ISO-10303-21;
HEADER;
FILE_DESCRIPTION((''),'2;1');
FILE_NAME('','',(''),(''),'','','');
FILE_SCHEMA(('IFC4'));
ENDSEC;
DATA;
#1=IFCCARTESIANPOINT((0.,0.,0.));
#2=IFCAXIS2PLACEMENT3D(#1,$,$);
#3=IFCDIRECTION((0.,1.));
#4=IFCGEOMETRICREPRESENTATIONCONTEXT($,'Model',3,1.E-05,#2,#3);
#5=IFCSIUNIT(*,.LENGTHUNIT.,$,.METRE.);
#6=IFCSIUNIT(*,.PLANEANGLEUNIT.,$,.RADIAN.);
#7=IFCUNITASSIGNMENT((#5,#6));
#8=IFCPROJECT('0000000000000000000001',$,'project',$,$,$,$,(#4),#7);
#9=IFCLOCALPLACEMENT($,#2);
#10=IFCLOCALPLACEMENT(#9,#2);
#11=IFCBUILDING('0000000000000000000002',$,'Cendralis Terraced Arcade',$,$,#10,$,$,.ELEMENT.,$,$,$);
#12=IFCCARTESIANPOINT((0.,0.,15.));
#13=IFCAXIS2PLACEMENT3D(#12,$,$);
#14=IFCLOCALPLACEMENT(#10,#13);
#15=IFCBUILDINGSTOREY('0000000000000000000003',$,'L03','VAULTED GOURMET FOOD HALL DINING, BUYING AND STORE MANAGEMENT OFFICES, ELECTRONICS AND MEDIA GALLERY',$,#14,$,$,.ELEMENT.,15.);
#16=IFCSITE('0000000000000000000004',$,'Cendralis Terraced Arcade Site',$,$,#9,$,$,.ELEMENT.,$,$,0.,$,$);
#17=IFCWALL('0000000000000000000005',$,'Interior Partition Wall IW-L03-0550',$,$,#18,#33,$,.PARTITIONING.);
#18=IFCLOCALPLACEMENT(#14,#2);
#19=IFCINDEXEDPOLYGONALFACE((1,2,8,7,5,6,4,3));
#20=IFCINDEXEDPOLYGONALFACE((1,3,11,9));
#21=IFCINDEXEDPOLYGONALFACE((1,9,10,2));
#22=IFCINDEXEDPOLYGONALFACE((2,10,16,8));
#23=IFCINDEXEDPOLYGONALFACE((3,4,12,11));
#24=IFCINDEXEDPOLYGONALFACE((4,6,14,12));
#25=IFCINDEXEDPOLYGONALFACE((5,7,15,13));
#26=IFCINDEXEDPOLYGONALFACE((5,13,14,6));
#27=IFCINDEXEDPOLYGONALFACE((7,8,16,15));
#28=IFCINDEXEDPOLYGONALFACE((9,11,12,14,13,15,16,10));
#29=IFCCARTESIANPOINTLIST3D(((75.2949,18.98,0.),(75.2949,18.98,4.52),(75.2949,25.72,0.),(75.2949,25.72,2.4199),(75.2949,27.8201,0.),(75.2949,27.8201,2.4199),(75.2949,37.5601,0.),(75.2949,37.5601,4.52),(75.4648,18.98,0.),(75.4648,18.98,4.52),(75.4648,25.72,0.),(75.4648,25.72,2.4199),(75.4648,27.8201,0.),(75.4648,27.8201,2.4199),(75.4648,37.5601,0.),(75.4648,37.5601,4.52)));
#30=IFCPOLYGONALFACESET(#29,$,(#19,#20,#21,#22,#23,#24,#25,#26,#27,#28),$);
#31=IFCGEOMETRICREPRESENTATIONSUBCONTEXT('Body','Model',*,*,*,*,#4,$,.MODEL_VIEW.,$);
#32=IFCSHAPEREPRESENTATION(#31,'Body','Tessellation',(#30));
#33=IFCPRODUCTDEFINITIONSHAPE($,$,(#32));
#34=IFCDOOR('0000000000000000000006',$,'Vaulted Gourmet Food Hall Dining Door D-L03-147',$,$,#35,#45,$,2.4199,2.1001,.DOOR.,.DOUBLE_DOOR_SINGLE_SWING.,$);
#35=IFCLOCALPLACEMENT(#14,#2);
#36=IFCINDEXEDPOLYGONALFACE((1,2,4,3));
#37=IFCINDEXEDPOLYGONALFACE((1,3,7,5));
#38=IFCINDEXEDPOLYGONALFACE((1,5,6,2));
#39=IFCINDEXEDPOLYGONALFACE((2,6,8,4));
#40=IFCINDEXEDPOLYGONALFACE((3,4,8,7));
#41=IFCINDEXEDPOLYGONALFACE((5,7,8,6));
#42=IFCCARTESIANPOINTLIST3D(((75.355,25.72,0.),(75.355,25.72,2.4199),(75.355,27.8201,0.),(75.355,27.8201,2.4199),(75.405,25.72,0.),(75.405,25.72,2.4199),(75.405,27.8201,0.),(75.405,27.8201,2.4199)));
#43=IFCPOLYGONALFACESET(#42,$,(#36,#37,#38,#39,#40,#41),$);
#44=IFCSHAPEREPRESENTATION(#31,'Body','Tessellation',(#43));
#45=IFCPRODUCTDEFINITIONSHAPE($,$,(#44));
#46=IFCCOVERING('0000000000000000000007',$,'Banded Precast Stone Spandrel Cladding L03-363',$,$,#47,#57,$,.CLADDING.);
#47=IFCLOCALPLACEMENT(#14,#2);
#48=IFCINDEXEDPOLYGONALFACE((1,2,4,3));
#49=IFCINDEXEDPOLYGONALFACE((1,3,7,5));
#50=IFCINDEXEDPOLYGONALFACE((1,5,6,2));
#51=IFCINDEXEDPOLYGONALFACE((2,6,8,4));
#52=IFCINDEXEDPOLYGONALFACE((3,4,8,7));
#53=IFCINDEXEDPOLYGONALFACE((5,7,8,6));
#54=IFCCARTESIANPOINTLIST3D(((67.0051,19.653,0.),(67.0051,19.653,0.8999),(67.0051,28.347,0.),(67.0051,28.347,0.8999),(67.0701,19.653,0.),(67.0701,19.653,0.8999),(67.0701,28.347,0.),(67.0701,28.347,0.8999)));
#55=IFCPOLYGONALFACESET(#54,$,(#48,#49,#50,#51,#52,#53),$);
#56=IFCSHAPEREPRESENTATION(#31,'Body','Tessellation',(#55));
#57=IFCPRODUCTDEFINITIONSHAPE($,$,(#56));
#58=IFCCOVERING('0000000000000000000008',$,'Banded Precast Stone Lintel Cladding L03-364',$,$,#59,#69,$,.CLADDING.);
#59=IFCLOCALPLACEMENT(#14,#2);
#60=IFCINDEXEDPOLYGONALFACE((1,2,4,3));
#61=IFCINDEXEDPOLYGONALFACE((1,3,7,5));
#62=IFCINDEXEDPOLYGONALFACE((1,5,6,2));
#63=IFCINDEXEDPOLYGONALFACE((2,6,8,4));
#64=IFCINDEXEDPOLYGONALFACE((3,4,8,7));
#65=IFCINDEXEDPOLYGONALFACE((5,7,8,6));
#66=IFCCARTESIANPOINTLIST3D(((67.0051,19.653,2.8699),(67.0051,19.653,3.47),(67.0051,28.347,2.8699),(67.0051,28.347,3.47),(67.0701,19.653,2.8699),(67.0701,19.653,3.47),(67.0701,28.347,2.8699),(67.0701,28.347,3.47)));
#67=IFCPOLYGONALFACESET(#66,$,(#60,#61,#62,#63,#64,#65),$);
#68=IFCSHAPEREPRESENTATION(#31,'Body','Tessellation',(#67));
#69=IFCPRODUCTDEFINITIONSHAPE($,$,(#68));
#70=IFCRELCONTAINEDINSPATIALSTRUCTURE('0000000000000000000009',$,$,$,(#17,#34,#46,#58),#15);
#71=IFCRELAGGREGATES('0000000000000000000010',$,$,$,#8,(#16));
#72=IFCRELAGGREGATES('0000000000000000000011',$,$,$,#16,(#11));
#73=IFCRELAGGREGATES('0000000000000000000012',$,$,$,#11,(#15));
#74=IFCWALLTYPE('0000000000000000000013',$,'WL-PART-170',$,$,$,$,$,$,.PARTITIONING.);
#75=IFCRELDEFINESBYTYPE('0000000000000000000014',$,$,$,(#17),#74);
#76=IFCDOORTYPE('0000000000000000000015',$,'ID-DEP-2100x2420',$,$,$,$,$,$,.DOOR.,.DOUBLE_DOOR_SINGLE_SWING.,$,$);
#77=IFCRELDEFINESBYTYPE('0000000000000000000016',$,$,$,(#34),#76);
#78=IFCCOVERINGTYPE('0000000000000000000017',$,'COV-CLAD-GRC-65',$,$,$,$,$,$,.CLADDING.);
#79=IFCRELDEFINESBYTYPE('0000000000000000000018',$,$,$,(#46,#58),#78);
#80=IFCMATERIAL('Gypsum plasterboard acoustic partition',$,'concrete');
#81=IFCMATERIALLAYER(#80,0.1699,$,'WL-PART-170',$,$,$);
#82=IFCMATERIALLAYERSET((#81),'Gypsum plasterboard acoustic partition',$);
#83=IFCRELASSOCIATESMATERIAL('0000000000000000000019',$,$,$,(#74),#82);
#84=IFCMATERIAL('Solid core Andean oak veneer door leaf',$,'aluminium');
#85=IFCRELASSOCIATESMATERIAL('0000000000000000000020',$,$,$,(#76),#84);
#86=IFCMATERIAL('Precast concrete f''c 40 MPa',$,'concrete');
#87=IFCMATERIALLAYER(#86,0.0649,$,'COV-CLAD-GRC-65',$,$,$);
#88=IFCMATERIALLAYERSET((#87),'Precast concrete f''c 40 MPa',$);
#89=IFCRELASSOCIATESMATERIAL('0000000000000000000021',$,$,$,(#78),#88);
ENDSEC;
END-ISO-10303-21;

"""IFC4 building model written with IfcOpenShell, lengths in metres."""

from ifc_helpers import new_model, si_unit, direction, frame, frame_2d, origin, origin_2d, place, context, subcontext, project, spatial, rectangle, extrude, material, layer, layer_set, type_object, element, fill, save


model = new_model("IFC4")

# Units and contexts
model_context = context("Model", 3, precision=1e-05, world=origin(), true_north=direction((0.0, 1.0)))
body_context = subcontext(model_context, "Body", "Model", "MODEL_VIEW")
ifc_project = project(units=[si_unit("LENGTHUNIT", "METRE"), si_unit("PLANEANGLEUNIT", "RADIAN")], contexts=[model_context])

# Site, building, storey
site_placement = place(None, origin())
site = spatial("IfcSite", under=ifc_project, at=site_placement, Name="Cendralis Terraced Arcade Site", CompositionType="ELEMENT", RefElevation=0.0)
building_placement = place(site_placement, origin())
building = spatial("IfcBuilding", under=site, at=building_placement, Name="Cendralis Terraced Arcade", CompositionType="ELEMENT")
storey_placement = place(building_placement, frame((0.0, 0.0, 15.0)))
storey = spatial("IfcBuildingStorey", under=building, at=storey_placement, Name="L03", Description="VAULTED GOURMET FOOD HALL DINING, BUYING AND STORE MANAGEMENT OFFICES, ELECTRONICS AND MEDIA GALLERY", CompositionType="ELEMENT", Elevation=15.0)

# Shared definitions
ifc_material_1 = material(Name="Precast concrete f'c 40 MPa", Category="concrete")
ifc_material_2 = material(Name="Gypsum plasterboard acoustic partition", Category="concrete")

# Wall, opening, door
ifc_layer_1 = layer(ifc_material_2, 0.1699, Name="WL-PART-170")
ifc_layer_set_1 = layer_set([ifc_layer_1], Name="Gypsum plasterboard acoustic partition")
wall_type_1 = type_object("IfcWallType", Name="WL-PART-170", PredefinedType="PARTITIONING", material=ifc_layer_set_1)
wall_1_placement = place(storey_placement, frame((75.3799, 18.98, 0.0), z_axis=(0.0, 0.0, 1.0), x_axis=(0.0, 1.0, 0.0)))
wall_1 = element("IfcWall", 1, at=wall_1_placement, inside=storey, type_object=wall_type_1, Name="Interior Partition Wall IW-L03-0550", PredefinedType="PARTITIONING", context=body_context, shape_type="SweptSolid", body=[
    extrude(rectangle(XDim=18.5801, YDim=0.1699, at=frame_2d((9.29, 0.0))), origin(), (0.0, 0.0, 1.0), 4.52),
])
opening_1_placement = place(wall_1_placement, frame((6.74, 0.0, 0.0)))
opening_1 = element("IfcOpeningElement", 2, at=opening_1_placement, cuts=wall_1, PredefinedType="OPENING", context=body_context, shape_type="SweptSolid", body=[
    extrude(rectangle(XDim=2.1001, YDim=2.4199, at=frame_2d((1.05, 1.21))), frame((0.0, 0.0969, 0.0), z_axis=(0.0, -1.0, 0.0), x_axis=(1.0, 0.0, 0.0)), (0.0, 0.0, 1.0), 0.1938),
])
ifc_material_3 = material(Name="Solid core Andean oak veneer door leaf", Category="aluminium")
door_type_1 = type_object("IfcDoorType", Name="ID-DEP-2100x2420", OperationType="DOUBLE_DOOR_SINGLE_SWING", PredefinedType="DOOR", material=ifc_material_3)
door_1_placement = place(opening_1_placement, origin())
door_1 = element("IfcDoor", 3, at=door_1_placement, inside=storey, type_object=door_type_1, Name="Vaulted Gourmet Food Hall Dining Door D-L03-147", OperationType="DOUBLE_DOOR_SINGLE_SWING", OverallHeight=2.4199, OverallWidth=2.1001, PredefinedType="DOOR", context=body_context, shape_type="SweptSolid", body=[
    extrude(rectangle(XDim=2.1001, YDim=2.4199, at=frame_2d((1.05, 1.21))), frame((0.0, 0.0249, 0.0), z_axis=(0.0, -1.0, 0.0), x_axis=(1.0, 0.0, 0.0)), (0.0, 0.0, 1.0), 0.05),
])
fill(opening_1, door_1)

# Coverings
ifc_layer_2 = layer(ifc_material_1, 0.0649, Name="COV-CLAD-GRC-65")
ifc_layer_set_2 = layer_set([ifc_layer_2], Name="Precast concrete f'c 40 MPa")
covering_type = type_object("IfcCoveringType", Name="COV-CLAD-GRC-65", PredefinedType="CLADDING", material=ifc_layer_set_2)
covering_1_placement = place(storey_placement, frame((67.0376, 24.0, 0.0), z_axis=(0.0, 0.0, 1.0), x_axis=(0.0, 1.0, 0.0)))
element("IfcCovering", 4, at=covering_1_placement, inside=storey, type_object=covering_type, Name="Banded Precast Stone Spandrel Cladding L03-363", PredefinedType="CLADDING", context=body_context, shape_type="SweptSolid", body=[
    extrude(rectangle(XDim=8.6941, YDim=0.0649, at=origin_2d()), origin(), (0.0, 0.0, 1.0), 0.8999),
])
covering_2_placement = place(storey_placement, frame((67.0376, 24.0, 2.8699), z_axis=(0.0, 0.0, 1.0), x_axis=(0.0, 1.0, 0.0)))
element("IfcCovering", 5, at=covering_2_placement, inside=storey, type_object=covering_type, Name="Banded Precast Stone Lintel Cladding L03-364", PredefinedType="CLADDING", context=body_context, shape_type="SweptSolid", body=[
    extrude(rectangle(XDim=8.6941, YDim=0.0649, at=origin_2d()), origin(), (0.0, 0.0, 1.0), 0.6001),
])

save(model, "model.ifc")
